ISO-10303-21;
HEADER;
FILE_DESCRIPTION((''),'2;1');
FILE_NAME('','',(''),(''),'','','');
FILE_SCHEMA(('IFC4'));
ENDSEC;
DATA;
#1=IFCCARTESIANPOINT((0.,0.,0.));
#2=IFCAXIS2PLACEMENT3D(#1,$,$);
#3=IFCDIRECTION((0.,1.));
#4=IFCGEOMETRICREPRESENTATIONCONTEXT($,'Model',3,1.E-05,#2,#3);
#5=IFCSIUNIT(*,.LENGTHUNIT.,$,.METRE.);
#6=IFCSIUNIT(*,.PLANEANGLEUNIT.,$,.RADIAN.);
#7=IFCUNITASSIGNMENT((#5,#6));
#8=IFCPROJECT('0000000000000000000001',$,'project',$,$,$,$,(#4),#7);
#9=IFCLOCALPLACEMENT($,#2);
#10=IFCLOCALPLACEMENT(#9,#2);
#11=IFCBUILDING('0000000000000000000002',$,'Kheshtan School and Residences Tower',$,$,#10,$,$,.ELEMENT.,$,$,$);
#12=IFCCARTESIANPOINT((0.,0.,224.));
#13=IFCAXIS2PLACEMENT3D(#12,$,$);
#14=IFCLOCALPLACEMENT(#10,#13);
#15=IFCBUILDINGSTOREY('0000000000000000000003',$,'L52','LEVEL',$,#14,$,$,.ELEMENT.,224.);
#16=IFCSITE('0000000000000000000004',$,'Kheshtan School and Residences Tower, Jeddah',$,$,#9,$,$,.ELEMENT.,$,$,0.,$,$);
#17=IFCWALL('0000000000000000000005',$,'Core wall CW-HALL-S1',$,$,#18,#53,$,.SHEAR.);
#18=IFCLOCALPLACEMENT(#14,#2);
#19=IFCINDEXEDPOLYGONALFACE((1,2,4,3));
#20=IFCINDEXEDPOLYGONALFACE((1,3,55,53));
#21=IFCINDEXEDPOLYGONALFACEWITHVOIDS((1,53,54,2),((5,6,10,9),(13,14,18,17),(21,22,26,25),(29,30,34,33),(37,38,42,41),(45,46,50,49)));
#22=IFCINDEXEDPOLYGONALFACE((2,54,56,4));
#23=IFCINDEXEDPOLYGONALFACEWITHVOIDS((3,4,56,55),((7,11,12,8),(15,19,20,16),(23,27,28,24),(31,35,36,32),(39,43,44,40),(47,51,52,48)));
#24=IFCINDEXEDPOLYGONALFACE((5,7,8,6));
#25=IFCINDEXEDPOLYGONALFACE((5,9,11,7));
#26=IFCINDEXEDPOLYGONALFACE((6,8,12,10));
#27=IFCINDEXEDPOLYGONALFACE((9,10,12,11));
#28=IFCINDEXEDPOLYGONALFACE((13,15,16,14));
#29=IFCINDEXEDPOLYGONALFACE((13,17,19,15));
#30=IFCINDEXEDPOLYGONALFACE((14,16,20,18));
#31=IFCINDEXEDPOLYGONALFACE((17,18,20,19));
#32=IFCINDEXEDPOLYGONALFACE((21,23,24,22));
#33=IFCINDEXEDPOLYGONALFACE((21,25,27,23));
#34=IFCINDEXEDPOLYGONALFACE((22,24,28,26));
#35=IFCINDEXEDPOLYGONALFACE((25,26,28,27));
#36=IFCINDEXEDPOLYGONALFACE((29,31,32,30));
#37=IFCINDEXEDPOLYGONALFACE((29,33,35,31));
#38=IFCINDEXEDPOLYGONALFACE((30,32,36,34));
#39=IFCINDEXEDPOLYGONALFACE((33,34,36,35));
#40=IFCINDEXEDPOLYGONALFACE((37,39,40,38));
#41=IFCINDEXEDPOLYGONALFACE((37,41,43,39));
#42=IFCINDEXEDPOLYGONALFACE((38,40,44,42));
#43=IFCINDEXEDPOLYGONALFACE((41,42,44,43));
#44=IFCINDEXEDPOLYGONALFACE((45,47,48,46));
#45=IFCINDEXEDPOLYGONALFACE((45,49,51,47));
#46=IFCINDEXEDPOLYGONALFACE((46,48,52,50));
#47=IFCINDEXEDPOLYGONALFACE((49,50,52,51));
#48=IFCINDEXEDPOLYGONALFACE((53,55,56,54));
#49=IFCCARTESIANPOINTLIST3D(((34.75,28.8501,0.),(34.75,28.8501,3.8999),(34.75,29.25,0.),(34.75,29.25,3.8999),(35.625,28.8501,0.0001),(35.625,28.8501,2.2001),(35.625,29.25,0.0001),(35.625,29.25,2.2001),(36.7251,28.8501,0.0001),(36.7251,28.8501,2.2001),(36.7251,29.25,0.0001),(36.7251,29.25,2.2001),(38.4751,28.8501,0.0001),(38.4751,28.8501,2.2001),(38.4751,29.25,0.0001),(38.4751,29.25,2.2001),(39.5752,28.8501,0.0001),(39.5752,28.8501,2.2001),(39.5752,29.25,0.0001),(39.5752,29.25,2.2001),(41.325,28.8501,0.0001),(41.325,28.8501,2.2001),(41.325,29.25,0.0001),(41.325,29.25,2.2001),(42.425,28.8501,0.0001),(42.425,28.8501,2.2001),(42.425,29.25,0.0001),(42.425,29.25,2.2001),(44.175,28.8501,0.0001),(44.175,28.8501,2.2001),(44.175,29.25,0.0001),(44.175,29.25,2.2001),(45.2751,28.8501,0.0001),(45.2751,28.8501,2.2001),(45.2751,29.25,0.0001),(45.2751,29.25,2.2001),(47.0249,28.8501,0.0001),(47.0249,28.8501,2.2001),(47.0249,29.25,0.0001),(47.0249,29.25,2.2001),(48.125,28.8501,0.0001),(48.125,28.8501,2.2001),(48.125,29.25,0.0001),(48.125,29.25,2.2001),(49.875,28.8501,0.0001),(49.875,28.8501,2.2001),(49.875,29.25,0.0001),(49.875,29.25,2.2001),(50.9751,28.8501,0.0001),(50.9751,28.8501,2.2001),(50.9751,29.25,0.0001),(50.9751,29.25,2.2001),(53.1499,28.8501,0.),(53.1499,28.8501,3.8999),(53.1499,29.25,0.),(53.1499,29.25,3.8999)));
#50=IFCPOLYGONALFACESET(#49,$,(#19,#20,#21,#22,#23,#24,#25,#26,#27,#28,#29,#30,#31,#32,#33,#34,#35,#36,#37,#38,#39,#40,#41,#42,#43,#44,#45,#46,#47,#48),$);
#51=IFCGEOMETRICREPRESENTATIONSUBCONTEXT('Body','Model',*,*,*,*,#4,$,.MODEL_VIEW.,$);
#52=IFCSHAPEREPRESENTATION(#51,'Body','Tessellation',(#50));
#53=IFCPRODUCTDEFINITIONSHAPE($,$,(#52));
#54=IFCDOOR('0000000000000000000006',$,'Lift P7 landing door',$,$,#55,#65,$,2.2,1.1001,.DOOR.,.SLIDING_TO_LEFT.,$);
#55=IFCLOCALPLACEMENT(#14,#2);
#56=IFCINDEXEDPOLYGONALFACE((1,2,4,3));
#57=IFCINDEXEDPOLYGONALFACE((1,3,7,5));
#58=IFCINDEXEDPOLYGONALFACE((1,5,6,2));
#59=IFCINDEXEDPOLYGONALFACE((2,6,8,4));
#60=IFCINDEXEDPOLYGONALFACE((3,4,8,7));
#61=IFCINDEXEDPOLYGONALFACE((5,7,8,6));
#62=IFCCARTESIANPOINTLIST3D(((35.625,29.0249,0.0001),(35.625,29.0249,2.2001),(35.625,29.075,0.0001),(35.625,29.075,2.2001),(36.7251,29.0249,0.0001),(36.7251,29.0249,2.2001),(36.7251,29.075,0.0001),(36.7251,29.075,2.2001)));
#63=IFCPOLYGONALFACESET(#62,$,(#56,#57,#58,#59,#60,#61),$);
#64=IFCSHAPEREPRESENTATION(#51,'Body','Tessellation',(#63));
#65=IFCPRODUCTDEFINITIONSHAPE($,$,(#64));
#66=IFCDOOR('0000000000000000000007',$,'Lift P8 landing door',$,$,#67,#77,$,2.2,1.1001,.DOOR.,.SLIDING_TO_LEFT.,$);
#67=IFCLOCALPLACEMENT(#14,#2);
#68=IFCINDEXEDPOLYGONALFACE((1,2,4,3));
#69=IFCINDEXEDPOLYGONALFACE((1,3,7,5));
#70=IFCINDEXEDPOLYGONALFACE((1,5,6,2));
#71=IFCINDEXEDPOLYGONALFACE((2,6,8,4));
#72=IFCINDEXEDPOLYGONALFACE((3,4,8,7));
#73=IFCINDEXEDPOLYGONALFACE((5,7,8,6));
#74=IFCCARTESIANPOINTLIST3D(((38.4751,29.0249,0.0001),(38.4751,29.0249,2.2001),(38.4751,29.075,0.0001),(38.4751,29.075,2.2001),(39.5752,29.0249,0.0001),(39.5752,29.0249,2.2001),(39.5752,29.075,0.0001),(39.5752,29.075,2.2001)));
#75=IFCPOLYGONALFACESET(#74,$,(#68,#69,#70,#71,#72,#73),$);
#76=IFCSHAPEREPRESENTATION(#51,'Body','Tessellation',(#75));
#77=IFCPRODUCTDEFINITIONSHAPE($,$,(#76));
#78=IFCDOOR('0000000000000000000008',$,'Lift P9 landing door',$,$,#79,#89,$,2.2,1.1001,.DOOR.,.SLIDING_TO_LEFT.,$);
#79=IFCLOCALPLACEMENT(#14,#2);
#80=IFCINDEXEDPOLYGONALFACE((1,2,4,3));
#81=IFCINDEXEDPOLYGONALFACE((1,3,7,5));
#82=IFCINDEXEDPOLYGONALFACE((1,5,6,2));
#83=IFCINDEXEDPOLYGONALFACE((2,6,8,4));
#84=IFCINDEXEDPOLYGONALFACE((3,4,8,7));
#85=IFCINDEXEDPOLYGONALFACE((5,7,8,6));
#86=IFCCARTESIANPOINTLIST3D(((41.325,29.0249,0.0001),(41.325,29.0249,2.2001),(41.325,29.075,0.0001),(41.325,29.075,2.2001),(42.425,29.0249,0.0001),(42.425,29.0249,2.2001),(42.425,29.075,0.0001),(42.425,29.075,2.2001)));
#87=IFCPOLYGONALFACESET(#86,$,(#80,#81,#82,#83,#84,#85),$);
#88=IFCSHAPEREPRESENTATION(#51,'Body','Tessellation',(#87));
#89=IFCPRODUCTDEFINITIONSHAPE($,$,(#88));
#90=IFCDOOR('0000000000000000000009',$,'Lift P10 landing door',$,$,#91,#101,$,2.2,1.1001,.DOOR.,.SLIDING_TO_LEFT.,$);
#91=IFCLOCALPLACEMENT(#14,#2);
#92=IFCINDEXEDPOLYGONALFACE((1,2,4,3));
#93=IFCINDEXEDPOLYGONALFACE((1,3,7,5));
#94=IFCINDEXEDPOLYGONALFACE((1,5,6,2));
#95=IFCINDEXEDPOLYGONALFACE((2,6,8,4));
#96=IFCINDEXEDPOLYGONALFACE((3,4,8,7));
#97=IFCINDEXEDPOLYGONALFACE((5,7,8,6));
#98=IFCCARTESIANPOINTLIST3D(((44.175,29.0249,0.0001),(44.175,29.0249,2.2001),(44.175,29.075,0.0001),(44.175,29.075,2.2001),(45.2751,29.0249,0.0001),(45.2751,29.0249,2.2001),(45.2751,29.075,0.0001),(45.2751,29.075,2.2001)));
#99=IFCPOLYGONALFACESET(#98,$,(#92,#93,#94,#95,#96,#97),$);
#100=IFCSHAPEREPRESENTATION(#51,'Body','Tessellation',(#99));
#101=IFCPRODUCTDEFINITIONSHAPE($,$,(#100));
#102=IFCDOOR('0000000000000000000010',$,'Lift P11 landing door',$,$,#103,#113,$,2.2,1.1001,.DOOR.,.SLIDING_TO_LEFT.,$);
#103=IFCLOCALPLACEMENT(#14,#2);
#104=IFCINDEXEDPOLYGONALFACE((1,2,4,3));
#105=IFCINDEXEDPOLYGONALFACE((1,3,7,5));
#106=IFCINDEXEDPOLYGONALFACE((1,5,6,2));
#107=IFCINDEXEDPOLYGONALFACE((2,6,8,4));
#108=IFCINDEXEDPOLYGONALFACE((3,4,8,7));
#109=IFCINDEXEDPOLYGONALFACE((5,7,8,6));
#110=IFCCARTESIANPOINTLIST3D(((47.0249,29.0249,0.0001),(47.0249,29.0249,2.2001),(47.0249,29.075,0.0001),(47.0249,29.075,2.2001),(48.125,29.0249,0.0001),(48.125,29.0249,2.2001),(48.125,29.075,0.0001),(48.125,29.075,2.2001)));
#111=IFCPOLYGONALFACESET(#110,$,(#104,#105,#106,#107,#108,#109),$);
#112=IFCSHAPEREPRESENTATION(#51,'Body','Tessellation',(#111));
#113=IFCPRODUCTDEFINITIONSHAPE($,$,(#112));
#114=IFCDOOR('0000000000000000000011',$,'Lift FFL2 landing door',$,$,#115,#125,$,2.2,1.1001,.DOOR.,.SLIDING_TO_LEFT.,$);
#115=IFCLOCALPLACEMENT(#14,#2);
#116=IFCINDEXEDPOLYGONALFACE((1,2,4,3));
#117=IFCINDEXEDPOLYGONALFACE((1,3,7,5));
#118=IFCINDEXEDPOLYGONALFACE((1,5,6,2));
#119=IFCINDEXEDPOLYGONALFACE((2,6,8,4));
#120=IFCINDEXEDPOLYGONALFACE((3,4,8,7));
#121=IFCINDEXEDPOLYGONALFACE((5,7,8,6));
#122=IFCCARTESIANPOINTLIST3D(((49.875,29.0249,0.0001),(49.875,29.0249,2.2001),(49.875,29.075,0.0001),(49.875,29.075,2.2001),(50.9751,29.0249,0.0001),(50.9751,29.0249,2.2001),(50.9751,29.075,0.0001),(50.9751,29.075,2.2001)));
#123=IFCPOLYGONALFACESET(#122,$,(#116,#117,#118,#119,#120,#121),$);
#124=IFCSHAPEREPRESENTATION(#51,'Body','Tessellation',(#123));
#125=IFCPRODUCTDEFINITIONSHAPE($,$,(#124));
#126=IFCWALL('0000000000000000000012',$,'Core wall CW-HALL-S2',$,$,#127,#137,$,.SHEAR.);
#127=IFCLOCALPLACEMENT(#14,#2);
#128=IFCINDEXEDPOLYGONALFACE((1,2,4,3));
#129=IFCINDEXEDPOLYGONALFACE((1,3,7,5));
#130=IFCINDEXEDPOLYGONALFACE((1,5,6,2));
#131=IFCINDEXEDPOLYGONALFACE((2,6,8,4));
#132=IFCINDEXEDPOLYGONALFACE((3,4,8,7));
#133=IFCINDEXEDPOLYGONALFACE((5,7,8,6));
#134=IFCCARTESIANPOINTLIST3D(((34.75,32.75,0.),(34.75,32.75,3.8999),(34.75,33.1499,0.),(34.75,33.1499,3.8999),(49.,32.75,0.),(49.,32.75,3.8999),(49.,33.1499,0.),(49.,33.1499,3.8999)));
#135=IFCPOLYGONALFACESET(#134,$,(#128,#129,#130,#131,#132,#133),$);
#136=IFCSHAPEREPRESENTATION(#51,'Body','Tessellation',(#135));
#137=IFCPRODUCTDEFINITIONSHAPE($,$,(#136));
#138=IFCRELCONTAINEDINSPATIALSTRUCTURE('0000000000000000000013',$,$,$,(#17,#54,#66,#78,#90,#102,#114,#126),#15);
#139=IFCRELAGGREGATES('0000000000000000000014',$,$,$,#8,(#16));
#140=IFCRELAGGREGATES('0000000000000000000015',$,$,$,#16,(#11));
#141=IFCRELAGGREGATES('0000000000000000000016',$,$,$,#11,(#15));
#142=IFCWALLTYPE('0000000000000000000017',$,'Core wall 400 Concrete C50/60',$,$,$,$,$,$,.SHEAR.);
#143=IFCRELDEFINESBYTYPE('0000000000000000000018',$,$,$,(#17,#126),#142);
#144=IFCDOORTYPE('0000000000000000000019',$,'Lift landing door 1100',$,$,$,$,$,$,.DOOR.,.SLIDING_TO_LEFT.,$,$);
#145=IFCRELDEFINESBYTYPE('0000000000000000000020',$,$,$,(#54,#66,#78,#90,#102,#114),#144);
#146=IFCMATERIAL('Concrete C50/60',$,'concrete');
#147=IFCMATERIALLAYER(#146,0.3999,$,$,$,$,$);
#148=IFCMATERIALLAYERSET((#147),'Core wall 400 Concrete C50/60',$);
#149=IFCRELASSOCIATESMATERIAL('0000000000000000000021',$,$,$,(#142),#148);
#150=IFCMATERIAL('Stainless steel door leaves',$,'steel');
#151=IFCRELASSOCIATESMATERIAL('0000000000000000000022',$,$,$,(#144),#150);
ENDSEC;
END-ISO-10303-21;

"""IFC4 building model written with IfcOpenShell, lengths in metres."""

from ifc_helpers import new_model, si_unit, direction, frame, frame_2d, origin, place, context, subcontext, project, spatial, rectangle, extrude, source, transform, mapped, material, layer, layer_set, type_object, element, fill, save


model = new_model("IFC4")

# Units and contexts
model_context = context("Model", 3, precision=1e-05, world=origin(), true_north=direction((0.0, 1.0)))
body_context = subcontext(model_context, "Body", "Model", "MODEL_VIEW")
ifc_project = project(units=[si_unit("LENGTHUNIT", "METRE"), si_unit("PLANEANGLEUNIT", "RADIAN")], contexts=[model_context])

# Site, building, storey
site_placement = place(None, origin())
site = spatial("IfcSite", under=ifc_project, at=site_placement, Name="Kheshtan School and Residences Tower, Jeddah", CompositionType="ELEMENT", RefElevation=0.0)
building_placement = place(site_placement, origin())
building = spatial("IfcBuilding", under=site, at=building_placement, Name="Kheshtan School and Residences Tower", CompositionType="ELEMENT")
storey_placement = place(building_placement, frame((0.0, 0.0, 224.0)))
storey = spatial("IfcBuildingStorey", under=building, at=storey_placement, Name="L52", Description="LEVEL", CompositionType="ELEMENT", Elevation=224.0)

# Wall, openings, doors
ifc_material_1 = material(Name="Concrete C50/60", Category="concrete")
ifc_layer_1 = layer(ifc_material_1, 0.3999)
ifc_layer_set_1 = layer_set([ifc_layer_1], Name="Core wall 400 Concrete C50/60")
wall_type_1 = type_object("IfcWallType", Name="Core wall 400 Concrete C50/60", PredefinedType="SHEAR", material=ifc_layer_set_1)
wall_1_placement = place(storey_placement, frame((34.75, 29.05, 0.0), z_axis=(0.0, 0.0, 1.0), x_axis=(1.0, 0.0, 0.0)))
wall_1 = element("IfcWall", 1, at=wall_1_placement, inside=storey, type_object=wall_type_1, Name="Core wall CW-HALL-S1", PredefinedType="SHEAR", context=body_context, shape_type="SweptSolid", body=[
    extrude(rectangle(XDim=18.3999, YDim=0.3999, at=frame_2d((9.2, 0.0))), origin(), (0.0, 0.0, 1.0), 3.8999),
])
opening_1_placement = place(wall_1_placement, frame((0.875, 0.0, 0.0)))
opening_1 = element("IfcOpeningElement", 2, at=opening_1_placement, cuts=wall_1, PredefinedType="OPENING", context=body_context, shape_type="SweptSolid", body=[
    extrude(rectangle(XDim=1.1001, YDim=2.2, at=frame_2d((0.55, 1.1001))), frame((0.0, 0.21, 0.0), z_axis=(0.0, -1.0, 0.0), x_axis=(1.0, 0.0, 0.0)), (0.0, 0.0, 1.0), 0.4199),
])
opening_2_placement = place(wall_1_placement, frame((3.7251, 0.0, 0.0)))
opening_2 = element("IfcOpeningElement", 3, at=opening_2_placement, cuts=wall_1, PredefinedType="OPENING", context=body_context, shape_type="SweptSolid", body=[
    extrude(rectangle(XDim=1.1001, YDim=2.2, at=frame_2d((0.55, 1.1001))), frame((0.0, 0.21, 0.0), z_axis=(0.0, -1.0, 0.0), x_axis=(1.0, 0.0, 0.0)), (0.0, 0.0, 1.0), 0.4199),
])
opening_3_placement = place(wall_1_placement, frame((6.575, 0.0, 0.0)))
opening_3 = element("IfcOpeningElement", 4, at=opening_3_placement, cuts=wall_1, PredefinedType="OPENING", context=body_context, shape_type="SweptSolid", body=[
    extrude(rectangle(XDim=1.1001, YDim=2.2, at=frame_2d((0.55, 1.1001))), frame((0.0, 0.21, 0.0), z_axis=(0.0, -1.0, 0.0), x_axis=(1.0, 0.0, 0.0)), (0.0, 0.0, 1.0), 0.4199),
])
opening_4_placement = place(wall_1_placement, frame((9.425, 0.0, 0.0)))
opening_4 = element("IfcOpeningElement", 5, at=opening_4_placement, cuts=wall_1, PredefinedType="OPENING", context=body_context, shape_type="SweptSolid", body=[
    extrude(rectangle(XDim=1.1001, YDim=2.2, at=frame_2d((0.55, 1.1001))), frame((0.0, 0.21, 0.0), z_axis=(0.0, -1.0, 0.0), x_axis=(1.0, 0.0, 0.0)), (0.0, 0.0, 1.0), 0.4199),
])
opening_5_placement = place(wall_1_placement, frame((12.2749, 0.0, 0.0)))
opening_5 = element("IfcOpeningElement", 6, at=opening_5_placement, cuts=wall_1, PredefinedType="OPENING", context=body_context, shape_type="SweptSolid", body=[
    extrude(rectangle(XDim=1.1001, YDim=2.2, at=frame_2d((0.55, 1.1001))), frame((0.0, 0.21, 0.0), z_axis=(0.0, -1.0, 0.0), x_axis=(1.0, 0.0, 0.0)), (0.0, 0.0, 1.0), 0.4199),
])
opening_6_placement = place(wall_1_placement, frame((15.125, 0.0, 0.0)))
opening_6 = element("IfcOpeningElement", 7, at=opening_6_placement, cuts=wall_1, PredefinedType="OPENING", context=body_context, shape_type="SweptSolid", body=[
    extrude(rectangle(XDim=1.1001, YDim=2.2, at=frame_2d((0.55, 1.1001))), frame((0.0, 0.21, 0.0), z_axis=(0.0, -1.0, 0.0), x_axis=(1.0, 0.0, 0.0)), (0.0, 0.0, 1.0), 0.4199),
])
ifc_material_2 = material(Name="Stainless steel door leaves", Category="steel")
door_type_1 = type_object("IfcDoorType", Name="Lift landing door 1100", OperationType="SLIDING_TO_LEFT", PredefinedType="DOOR", material=ifc_material_2)
shared_shape_1 = source(origin(), body_context, "Body", "SweptSolid", [
    extrude(rectangle(XDim=1.1001, YDim=2.2, at=frame_2d((0.55, 1.1001))), frame((0.0, 0.0249, 0.0), z_axis=(0.0, -1.0, 0.0), x_axis=(1.0, 0.0, 0.0)), (0.0, 0.0, 1.0), 0.05),
])
door_1_placement = place(opening_1_placement, origin())
door_1 = element("IfcDoor", 8, at=door_1_placement, inside=storey, type_object=door_type_1, Name="Lift P7 landing door", OperationType="SLIDING_TO_LEFT", OverallHeight=2.2, OverallWidth=1.1001, PredefinedType="DOOR", context=body_context, shape_type="MappedRepresentation", body=[
    mapped(shared_shape_1, transform((0.0, 0.0, 0.0), x_axis=(1.0, 0.0, 0.0), y_axis=(0.0, 1.0, 0.0), z_axis=(0.0, 0.0, 1.0), scale=1.0)),
])
fill(opening_1, door_1)
door_2_placement = place(opening_2_placement, origin())
door_2 = element("IfcDoor", 9, at=door_2_placement, inside=storey, type_object=door_type_1, Name="Lift P8 landing door", OperationType="SLIDING_TO_LEFT", OverallHeight=2.2, OverallWidth=1.1001, PredefinedType="DOOR", context=body_context, shape_type="MappedRepresentation", body=[
    mapped(shared_shape_1, transform((0.0, 0.0, 0.0), x_axis=(1.0, 0.0, 0.0), y_axis=(0.0, 1.0, 0.0), z_axis=(0.0, 0.0, 1.0), scale=1.0)),
])
fill(opening_2, door_2)
door_3_placement = place(opening_3_placement, origin())
door_3 = element("IfcDoor", 10, at=door_3_placement, inside=storey, type_object=door_type_1, Name="Lift P9 landing door", OperationType="SLIDING_TO_LEFT", OverallHeight=2.2, OverallWidth=1.1001, PredefinedType="DOOR", context=body_context, shape_type="MappedRepresentation", body=[
    mapped(shared_shape_1, transform((0.0, 0.0, 0.0), x_axis=(1.0, 0.0, 0.0), y_axis=(0.0, 1.0, 0.0), z_axis=(0.0, 0.0, 1.0), scale=1.0)),
])
fill(opening_3, door_3)
door_4_placement = place(opening_4_placement, origin())
door_4 = element("IfcDoor", 11, at=door_4_placement, inside=storey, type_object=door_type_1, Name="Lift P10 landing door", OperationType="SLIDING_TO_LEFT", OverallHeight=2.2, OverallWidth=1.1001, PredefinedType="DOOR", context=body_context, shape_type="MappedRepresentation", body=[
    mapped(shared_shape_1, transform((0.0, 0.0, 0.0), x_axis=(1.0, 0.0, 0.0), y_axis=(0.0, 1.0, 0.0), z_axis=(0.0, 0.0, 1.0), scale=1.0)),
])
fill(opening_4, door_4)
door_5_placement = place(opening_5_placement, origin())
door_5 = element("IfcDoor", 12, at=door_5_placement, inside=storey, type_object=door_type_1, Name="Lift P11 landing door", OperationType="SLIDING_TO_LEFT", OverallHeight=2.2, OverallWidth=1.1001, PredefinedType="DOOR", context=body_context, shape_type="MappedRepresentation", body=[
    mapped(shared_shape_1, transform((0.0, 0.0, 0.0), x_axis=(1.0, 0.0, 0.0), y_axis=(0.0, 1.0, 0.0), z_axis=(0.0, 0.0, 1.0), scale=1.0)),
])
fill(opening_5, door_5)
door_6_placement = place(opening_6_placement, origin())
door_6 = element("IfcDoor", 13, at=door_6_placement, inside=storey, type_object=door_type_1, Name="Lift FFL2 landing door", OperationType="SLIDING_TO_LEFT", OverallHeight=2.2, OverallWidth=1.1001, PredefinedType="DOOR", context=body_context, shape_type="MappedRepresentation", body=[
    mapped(shared_shape_1, transform((0.0, 0.0, 0.0), x_axis=(1.0, 0.0, 0.0), y_axis=(0.0, 1.0, 0.0), z_axis=(0.0, 0.0, 1.0), scale=1.0)),
])
fill(opening_6, door_6)

# Wall
wall_2_placement = place(storey_placement, frame((34.75, 32.95, 0.0), z_axis=(0.0, 0.0, 1.0), x_axis=(1.0, 0.0, 0.0)))
element("IfcWall", 14, at=wall_2_placement, inside=storey, type_object=wall_type_1, Name="Core wall CW-HALL-S2", PredefinedType="SHEAR", context=body_context, shape_type="SweptSolid", body=[
    extrude(rectangle(XDim=14.25, YDim=0.3999, at=frame_2d((7.125, 0.0))), origin(), (0.0, 0.0, 1.0), 3.8999),
])

save(model, "model.ifc")
